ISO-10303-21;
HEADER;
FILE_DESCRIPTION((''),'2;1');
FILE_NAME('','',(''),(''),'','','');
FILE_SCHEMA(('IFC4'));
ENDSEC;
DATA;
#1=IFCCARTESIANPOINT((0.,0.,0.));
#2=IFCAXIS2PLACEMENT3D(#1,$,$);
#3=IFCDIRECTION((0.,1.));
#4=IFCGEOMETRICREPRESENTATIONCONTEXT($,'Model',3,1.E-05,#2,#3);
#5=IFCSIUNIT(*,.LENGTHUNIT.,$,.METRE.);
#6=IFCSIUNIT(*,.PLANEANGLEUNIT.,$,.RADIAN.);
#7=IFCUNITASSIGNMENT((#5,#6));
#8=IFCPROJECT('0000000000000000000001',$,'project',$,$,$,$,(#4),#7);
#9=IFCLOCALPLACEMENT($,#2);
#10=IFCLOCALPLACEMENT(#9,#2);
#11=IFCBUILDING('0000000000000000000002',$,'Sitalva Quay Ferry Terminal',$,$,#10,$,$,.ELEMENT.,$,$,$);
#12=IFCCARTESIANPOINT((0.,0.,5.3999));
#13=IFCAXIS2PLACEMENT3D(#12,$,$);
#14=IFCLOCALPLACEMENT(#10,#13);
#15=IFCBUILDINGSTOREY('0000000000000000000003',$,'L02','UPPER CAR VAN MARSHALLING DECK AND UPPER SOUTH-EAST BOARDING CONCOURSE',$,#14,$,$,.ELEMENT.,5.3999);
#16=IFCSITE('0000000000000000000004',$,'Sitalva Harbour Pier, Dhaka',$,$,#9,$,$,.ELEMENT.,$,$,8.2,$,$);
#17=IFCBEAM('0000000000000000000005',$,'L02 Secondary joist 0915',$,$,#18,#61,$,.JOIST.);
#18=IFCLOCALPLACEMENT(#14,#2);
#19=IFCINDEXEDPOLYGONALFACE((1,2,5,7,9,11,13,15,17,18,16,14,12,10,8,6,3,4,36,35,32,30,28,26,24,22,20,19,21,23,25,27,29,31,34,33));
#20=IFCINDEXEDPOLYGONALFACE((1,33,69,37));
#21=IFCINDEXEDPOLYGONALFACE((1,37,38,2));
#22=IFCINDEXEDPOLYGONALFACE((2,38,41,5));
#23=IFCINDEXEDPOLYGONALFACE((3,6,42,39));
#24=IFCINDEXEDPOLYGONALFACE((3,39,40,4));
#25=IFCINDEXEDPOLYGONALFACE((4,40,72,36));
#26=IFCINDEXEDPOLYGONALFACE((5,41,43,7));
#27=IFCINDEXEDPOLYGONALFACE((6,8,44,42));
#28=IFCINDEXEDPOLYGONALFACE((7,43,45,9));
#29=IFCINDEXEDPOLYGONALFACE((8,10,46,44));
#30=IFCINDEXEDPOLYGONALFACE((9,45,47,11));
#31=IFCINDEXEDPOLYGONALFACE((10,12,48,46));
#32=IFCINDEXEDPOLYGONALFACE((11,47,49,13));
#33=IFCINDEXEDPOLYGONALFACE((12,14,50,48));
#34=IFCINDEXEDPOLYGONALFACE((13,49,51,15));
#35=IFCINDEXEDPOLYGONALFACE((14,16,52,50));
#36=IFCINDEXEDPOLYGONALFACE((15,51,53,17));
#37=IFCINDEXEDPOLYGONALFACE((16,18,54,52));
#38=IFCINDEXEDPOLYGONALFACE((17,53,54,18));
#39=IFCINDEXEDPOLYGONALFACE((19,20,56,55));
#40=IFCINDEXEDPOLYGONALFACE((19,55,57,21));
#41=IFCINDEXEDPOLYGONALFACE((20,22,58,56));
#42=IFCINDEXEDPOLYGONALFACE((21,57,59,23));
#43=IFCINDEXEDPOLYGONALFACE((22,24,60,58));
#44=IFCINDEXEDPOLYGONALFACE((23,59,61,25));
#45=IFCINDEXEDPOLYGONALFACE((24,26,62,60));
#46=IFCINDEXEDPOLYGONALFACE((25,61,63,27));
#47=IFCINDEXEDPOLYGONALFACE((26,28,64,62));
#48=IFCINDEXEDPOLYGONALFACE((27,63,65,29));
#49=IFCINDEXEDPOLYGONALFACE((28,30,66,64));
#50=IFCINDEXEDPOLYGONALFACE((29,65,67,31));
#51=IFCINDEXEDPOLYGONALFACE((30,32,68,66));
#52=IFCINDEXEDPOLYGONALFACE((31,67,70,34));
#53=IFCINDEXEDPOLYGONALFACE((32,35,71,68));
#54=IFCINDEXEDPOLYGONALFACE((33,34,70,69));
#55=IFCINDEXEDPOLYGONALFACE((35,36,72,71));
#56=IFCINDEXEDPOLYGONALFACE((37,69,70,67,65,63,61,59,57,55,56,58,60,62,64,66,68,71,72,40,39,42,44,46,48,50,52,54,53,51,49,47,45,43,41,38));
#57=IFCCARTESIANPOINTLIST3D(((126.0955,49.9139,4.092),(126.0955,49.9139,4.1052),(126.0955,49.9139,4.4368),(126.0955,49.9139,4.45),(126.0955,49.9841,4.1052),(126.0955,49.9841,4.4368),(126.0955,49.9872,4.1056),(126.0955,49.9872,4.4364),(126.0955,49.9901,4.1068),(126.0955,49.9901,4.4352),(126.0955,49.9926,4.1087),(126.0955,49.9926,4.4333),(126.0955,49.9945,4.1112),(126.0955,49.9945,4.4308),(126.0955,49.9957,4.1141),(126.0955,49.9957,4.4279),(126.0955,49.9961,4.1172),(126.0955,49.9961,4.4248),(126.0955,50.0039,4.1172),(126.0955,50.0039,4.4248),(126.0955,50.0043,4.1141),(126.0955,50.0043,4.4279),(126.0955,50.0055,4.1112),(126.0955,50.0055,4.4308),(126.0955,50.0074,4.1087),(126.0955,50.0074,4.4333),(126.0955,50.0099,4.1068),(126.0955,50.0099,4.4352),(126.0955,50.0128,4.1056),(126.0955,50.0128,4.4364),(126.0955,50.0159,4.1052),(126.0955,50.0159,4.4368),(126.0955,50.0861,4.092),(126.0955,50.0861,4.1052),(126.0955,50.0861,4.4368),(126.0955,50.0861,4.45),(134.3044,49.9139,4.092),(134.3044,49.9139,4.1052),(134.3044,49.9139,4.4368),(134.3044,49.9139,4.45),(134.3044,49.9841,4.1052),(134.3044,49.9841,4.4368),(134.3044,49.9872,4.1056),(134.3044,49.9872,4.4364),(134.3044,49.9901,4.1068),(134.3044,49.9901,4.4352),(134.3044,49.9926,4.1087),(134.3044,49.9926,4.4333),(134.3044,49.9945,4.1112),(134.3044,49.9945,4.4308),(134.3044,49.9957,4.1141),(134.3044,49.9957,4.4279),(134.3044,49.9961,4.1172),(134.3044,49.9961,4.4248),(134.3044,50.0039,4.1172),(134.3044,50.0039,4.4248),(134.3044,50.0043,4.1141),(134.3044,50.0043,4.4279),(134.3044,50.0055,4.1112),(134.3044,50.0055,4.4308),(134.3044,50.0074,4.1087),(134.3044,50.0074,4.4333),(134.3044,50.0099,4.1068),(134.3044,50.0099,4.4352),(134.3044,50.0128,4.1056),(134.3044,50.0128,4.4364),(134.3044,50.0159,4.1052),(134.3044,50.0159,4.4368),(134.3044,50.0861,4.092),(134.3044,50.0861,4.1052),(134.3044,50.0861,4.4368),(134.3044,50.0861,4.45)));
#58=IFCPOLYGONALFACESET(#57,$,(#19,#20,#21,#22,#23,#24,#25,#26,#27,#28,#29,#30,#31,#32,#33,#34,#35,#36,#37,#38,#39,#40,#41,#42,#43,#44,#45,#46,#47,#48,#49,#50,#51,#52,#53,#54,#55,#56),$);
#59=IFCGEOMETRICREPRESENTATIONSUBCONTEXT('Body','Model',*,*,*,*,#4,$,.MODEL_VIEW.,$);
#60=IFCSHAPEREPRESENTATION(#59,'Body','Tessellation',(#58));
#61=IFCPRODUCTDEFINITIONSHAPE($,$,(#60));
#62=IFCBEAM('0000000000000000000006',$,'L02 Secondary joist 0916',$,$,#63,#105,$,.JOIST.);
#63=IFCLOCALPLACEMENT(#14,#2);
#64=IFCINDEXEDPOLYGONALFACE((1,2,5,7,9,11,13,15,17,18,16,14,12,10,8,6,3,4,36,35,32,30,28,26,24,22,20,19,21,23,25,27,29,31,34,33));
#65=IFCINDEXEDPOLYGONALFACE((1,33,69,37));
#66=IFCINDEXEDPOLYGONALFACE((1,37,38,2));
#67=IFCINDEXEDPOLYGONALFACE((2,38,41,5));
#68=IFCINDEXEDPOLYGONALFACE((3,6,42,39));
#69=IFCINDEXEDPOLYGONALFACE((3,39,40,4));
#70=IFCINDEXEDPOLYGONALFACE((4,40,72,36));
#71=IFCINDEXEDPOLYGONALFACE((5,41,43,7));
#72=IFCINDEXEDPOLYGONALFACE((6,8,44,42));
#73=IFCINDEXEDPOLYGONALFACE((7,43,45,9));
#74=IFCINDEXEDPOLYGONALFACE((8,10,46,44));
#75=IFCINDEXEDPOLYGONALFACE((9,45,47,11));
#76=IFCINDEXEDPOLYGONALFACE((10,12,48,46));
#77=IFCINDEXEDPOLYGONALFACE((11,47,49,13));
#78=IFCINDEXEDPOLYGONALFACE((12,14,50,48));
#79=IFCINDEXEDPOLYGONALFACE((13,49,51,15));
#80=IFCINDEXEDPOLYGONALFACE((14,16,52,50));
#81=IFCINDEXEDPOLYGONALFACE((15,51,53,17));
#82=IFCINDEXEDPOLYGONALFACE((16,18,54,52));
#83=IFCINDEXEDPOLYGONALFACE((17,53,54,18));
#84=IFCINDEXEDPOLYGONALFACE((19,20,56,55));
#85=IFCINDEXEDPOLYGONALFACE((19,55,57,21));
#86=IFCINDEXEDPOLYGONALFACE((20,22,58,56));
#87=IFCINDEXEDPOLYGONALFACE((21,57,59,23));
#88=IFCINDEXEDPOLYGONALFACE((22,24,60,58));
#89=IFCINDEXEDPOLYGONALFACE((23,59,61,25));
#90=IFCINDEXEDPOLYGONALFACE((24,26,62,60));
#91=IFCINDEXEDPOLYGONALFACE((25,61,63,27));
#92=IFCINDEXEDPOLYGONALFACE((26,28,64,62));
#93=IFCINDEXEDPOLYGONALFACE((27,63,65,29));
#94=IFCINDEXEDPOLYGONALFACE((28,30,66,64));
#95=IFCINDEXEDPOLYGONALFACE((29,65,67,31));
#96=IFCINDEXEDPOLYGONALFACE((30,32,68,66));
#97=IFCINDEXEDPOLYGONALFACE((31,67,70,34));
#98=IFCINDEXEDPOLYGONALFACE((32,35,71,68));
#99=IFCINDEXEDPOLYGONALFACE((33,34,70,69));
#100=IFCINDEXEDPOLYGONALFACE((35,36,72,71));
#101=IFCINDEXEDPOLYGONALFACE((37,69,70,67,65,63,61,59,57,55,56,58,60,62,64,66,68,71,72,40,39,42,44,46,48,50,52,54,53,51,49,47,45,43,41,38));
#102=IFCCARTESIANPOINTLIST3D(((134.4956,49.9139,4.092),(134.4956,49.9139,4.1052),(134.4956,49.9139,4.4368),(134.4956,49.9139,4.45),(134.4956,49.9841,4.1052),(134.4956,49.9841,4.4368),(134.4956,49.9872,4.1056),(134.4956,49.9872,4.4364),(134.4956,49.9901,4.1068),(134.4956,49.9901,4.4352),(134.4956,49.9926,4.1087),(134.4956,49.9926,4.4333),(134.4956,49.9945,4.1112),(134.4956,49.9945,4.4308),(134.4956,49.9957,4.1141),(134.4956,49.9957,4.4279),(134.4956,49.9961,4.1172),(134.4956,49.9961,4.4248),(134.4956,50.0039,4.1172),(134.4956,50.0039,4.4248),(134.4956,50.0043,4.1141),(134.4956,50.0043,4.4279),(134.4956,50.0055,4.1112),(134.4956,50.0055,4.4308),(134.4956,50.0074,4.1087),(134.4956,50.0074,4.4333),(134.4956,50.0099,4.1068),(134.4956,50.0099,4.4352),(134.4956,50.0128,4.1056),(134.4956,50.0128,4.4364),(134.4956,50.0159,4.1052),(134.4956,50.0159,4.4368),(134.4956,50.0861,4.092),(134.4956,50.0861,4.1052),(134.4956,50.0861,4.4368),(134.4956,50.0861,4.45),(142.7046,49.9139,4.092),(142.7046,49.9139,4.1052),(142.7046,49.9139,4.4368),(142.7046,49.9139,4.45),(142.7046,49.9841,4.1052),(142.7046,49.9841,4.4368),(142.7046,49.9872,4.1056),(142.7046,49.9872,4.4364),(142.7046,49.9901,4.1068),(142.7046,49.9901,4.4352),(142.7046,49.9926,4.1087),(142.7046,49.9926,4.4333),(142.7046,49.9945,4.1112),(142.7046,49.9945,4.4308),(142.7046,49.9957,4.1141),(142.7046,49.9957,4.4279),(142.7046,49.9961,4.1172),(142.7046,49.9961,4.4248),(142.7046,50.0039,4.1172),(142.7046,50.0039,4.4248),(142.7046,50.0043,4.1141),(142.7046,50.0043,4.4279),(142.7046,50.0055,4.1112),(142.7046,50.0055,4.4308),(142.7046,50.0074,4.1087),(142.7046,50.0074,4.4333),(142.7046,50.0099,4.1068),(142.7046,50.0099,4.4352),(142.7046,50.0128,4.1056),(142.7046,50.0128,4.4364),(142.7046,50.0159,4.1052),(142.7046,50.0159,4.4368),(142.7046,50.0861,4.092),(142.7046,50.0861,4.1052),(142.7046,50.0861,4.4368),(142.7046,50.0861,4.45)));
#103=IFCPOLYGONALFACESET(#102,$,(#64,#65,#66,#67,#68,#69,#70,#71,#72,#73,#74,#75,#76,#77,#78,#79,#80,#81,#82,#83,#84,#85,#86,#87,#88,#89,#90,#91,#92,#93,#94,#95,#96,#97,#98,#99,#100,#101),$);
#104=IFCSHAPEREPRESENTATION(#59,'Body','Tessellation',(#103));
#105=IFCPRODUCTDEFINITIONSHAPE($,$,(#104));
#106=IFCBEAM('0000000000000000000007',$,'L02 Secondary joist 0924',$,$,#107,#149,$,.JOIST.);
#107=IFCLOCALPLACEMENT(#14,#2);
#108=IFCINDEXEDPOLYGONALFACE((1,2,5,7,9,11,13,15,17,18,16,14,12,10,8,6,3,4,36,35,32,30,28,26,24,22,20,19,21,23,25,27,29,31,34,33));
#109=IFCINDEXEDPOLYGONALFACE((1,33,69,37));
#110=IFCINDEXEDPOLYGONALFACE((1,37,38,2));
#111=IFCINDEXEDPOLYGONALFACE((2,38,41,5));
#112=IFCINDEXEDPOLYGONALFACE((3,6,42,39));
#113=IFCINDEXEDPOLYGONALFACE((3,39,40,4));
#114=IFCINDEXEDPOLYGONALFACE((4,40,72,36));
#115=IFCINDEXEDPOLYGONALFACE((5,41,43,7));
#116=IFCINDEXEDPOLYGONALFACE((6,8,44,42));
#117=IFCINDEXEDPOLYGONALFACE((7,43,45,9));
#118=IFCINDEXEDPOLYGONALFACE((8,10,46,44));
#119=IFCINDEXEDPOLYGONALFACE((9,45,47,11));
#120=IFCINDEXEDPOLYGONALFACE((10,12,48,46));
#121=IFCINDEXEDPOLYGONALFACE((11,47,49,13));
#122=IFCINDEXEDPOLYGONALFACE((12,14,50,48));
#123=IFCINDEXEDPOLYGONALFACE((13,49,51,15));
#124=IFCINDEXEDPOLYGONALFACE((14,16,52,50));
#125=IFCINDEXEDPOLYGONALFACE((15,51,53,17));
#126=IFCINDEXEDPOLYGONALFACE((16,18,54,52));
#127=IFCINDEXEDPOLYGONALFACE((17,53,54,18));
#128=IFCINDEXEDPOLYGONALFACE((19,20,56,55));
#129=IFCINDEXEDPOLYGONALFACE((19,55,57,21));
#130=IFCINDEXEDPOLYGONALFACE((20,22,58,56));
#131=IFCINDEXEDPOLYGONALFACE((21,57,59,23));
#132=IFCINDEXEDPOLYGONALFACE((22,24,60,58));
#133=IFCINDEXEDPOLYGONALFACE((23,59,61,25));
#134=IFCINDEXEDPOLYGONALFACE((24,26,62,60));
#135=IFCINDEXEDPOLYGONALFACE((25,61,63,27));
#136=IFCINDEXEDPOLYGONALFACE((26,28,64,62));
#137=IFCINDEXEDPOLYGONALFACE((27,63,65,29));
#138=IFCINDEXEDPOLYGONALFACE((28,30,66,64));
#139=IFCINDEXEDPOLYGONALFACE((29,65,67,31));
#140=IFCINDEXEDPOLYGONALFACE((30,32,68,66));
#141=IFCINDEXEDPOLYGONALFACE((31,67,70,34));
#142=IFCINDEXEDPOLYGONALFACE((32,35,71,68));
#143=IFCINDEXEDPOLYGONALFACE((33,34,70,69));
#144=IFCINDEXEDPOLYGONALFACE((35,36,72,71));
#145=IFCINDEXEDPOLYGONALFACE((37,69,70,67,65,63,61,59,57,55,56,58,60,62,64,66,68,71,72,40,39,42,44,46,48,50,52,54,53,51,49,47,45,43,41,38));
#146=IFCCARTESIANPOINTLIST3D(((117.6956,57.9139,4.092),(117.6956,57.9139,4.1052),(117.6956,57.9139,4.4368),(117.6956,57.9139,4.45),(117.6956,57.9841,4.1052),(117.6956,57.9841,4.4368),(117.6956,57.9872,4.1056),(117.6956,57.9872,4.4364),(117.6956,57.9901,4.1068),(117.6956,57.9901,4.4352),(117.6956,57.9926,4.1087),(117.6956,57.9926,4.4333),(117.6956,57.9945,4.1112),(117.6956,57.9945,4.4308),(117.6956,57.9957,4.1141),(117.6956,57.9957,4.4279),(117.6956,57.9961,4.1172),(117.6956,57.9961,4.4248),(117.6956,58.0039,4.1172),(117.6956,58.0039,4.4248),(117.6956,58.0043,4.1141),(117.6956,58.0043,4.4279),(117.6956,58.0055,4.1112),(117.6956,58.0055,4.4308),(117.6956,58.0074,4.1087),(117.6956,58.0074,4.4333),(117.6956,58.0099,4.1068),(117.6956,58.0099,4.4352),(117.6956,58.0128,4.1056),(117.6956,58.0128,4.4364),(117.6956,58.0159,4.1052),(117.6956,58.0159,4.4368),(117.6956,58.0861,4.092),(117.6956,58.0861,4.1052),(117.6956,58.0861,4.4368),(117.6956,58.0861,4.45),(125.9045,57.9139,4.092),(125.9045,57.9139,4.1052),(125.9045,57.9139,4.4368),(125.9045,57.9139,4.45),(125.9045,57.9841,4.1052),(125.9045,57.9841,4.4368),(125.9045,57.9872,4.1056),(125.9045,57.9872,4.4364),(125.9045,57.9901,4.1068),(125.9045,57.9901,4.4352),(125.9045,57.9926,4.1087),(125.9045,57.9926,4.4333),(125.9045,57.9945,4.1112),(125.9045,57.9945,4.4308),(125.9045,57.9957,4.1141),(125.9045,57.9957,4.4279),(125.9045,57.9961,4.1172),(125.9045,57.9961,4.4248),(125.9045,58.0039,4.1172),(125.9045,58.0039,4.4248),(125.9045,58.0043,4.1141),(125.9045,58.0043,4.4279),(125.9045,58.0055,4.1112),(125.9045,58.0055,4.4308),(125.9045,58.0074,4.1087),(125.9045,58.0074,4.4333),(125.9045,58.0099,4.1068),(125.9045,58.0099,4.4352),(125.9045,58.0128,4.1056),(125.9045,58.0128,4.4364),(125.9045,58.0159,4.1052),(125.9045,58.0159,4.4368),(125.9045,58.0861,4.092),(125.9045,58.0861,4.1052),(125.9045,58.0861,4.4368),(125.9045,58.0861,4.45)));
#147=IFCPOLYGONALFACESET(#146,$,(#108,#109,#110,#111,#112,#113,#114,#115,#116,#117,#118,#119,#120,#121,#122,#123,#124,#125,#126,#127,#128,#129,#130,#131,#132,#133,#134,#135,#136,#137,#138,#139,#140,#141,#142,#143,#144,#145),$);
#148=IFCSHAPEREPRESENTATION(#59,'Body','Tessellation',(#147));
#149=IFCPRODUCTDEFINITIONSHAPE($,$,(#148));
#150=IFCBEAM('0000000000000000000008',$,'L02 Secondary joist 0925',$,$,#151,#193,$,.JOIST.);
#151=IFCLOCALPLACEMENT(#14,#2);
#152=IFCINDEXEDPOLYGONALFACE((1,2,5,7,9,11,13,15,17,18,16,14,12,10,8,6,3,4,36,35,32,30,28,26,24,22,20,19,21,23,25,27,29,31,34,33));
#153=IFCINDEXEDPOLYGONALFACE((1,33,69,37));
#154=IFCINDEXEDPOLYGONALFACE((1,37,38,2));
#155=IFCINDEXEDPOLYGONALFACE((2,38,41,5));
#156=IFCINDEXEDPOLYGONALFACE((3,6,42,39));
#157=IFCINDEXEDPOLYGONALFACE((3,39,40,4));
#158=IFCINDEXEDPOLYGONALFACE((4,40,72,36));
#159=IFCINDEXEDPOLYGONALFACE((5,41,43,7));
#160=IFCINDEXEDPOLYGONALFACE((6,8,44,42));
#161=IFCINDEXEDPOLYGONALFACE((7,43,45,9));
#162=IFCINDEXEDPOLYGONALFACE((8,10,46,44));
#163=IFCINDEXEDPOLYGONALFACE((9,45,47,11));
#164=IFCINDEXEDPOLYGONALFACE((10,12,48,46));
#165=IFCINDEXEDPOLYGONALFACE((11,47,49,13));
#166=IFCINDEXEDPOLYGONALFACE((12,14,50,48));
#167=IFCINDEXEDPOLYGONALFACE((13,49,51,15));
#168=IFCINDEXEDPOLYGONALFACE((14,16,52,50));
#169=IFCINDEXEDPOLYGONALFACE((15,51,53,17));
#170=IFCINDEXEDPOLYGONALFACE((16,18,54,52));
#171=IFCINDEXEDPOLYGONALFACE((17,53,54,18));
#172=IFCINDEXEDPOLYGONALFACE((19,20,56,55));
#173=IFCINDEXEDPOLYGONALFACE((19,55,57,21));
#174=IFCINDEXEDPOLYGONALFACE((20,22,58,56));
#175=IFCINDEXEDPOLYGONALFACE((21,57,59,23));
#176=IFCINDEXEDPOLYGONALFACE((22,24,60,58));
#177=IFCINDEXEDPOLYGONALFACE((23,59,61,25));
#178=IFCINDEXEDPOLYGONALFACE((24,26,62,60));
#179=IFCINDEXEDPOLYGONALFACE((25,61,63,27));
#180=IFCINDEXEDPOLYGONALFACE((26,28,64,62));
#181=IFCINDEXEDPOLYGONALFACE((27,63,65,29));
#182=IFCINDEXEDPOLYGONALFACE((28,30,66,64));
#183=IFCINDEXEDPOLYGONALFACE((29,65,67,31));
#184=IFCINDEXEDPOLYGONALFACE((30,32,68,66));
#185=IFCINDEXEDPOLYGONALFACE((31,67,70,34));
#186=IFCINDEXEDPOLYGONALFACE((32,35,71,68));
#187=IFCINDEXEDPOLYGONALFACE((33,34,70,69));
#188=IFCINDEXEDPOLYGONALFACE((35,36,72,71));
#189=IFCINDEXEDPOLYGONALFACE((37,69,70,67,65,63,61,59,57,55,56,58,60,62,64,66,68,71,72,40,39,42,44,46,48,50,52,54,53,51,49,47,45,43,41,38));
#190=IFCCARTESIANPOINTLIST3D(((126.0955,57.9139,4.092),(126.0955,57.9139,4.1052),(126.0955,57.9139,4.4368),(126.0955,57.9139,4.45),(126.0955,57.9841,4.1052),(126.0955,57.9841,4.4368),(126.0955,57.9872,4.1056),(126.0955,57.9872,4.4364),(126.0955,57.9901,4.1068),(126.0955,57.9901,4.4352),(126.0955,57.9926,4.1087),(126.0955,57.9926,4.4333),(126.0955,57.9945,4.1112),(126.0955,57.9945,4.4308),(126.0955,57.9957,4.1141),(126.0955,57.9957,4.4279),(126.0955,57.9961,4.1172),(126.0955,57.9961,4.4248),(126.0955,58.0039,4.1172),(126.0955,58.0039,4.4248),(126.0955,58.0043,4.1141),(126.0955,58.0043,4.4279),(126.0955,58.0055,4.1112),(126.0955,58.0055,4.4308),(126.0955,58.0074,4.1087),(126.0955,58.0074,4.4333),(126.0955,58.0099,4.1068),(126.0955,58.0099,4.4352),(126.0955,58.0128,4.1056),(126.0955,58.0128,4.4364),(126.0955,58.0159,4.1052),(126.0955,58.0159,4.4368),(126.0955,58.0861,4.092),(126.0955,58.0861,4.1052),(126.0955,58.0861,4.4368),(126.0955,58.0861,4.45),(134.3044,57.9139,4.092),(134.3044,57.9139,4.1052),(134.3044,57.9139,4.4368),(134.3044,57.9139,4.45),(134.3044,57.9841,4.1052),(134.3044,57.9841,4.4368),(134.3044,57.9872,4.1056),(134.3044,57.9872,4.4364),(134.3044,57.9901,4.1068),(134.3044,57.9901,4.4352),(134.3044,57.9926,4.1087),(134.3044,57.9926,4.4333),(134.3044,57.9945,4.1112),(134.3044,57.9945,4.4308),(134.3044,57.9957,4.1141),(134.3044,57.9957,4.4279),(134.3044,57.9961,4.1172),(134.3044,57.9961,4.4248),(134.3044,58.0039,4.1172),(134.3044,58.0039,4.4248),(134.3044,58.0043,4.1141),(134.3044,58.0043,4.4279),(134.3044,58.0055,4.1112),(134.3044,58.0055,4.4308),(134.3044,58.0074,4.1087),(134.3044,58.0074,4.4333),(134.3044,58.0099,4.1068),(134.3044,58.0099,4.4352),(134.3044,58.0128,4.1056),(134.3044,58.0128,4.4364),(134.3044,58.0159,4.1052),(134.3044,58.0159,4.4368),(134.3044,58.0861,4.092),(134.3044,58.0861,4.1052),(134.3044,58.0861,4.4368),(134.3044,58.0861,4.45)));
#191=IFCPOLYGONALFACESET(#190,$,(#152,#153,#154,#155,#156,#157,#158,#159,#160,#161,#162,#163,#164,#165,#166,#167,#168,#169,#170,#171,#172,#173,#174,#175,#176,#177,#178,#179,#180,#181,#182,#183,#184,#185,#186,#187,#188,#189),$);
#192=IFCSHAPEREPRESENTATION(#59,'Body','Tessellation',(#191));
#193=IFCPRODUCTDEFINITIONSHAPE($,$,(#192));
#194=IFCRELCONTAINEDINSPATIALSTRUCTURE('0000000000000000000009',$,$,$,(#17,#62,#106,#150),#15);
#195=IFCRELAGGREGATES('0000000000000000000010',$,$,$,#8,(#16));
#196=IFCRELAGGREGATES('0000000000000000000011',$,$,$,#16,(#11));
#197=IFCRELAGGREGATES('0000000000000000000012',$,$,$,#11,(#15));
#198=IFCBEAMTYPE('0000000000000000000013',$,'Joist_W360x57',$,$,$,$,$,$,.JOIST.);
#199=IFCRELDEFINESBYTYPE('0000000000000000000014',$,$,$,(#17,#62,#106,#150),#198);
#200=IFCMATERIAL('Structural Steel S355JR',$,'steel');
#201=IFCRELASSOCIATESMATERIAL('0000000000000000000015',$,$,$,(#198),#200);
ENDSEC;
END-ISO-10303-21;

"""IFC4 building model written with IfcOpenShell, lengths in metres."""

from ifc_helpers import new_model, si_unit, direction, frame, origin, origin_2d, place, context, subcontext, project, spatial, i_section, extrude, material, material_profile, profile_set, type_object, element, save


model = new_model("IFC4")

# Units and contexts
model_context = context("Model", 3, precision=1e-05, world=origin(), true_north=direction((0.0, 1.0)))
body_context = subcontext(model_context, "Body", "Model", "MODEL_VIEW")
ifc_project = project(units=[si_unit("LENGTHUNIT", "METRE"), si_unit("PLANEANGLEUNIT", "RADIAN")], contexts=[model_context])

# Site, building, storey
site_placement = place(None, origin())
site = spatial("IfcSite", under=ifc_project, at=site_placement, Name="Sitalva Harbour Pier, Dhaka", CompositionType="ELEMENT", RefElevation=8.2)
building_placement = place(site_placement, origin())
building = spatial("IfcBuilding", under=site, at=building_placement, Name="Sitalva Quay Ferry Terminal", CompositionType="ELEMENT")
storey_placement = place(building_placement, frame((0.0, 0.0, 5.3999)))
storey = spatial("IfcBuildingStorey", under=building, at=storey_placement, Name="L02", Description="UPPER CAR VAN MARSHALLING DECK AND UPPER SOUTH-EAST BOARDING CONCOURSE", CompositionType="ELEMENT", Elevation=5.3999)

# Beams
ifc_material_1 = material(Name="Structural Steel S355JR", Category="steel")
ifc_material_profile_1 = material_profile(ifc_material_1, i_section(OverallWidth=0.1721, OverallDepth=0.3579, WebThickness=0.0078, FlangeThickness=0.0132, FilletRadius=0.012, at=origin_2d()), Name="W360x57")
ifc_profile_set_1 = profile_set([ifc_material_profile_1], Name="Structural Steel S355JR")
beam_type_1 = type_object("IfcBeamType", Name="Joist_W360x57", PredefinedType="JOIST", material=ifc_profile_set_1)
for number, where, z_axis, x_axis, name in (
    (1, (126.0955, 50.0, 4.271), (1.0, 0.0, 0.0), (0.0, 1.0, 0.0), "L02 Secondary joist 0915"),
    (2, (134.4956, 50.0, 4.271), (1.0, 0.0, 0.0), (0.0, 1.0, 0.0), "L02 Secondary joist 0916"),
    (3, (117.6956, 58.0, 4.271), (1.0, 0.0, 0.0), (0.0, 1.0, 0.0), "L02 Secondary joist 0924"),
    (4, (126.0955, 58.0, 4.271), (1.0, 0.0, 0.0), (0.0, 1.0, 0.0), "L02 Secondary joist 0925"),
):
    element("IfcBeam", number, at=place(storey_placement, frame(where, z_axis=z_axis, x_axis=x_axis)), inside=storey, type_object=beam_type_1, Name=name, PredefinedType="JOIST", context=body_context, shape_type="SweptSolid", body=[
        extrude(i_section(OverallWidth=0.1721, OverallDepth=0.3579, WebThickness=0.0078, FlangeThickness=0.0132, FilletRadius=0.012, at=origin_2d()), origin(), (0.0, 0.0, 1.0), 8.209),
    ])

save(model, "model.ifc")
